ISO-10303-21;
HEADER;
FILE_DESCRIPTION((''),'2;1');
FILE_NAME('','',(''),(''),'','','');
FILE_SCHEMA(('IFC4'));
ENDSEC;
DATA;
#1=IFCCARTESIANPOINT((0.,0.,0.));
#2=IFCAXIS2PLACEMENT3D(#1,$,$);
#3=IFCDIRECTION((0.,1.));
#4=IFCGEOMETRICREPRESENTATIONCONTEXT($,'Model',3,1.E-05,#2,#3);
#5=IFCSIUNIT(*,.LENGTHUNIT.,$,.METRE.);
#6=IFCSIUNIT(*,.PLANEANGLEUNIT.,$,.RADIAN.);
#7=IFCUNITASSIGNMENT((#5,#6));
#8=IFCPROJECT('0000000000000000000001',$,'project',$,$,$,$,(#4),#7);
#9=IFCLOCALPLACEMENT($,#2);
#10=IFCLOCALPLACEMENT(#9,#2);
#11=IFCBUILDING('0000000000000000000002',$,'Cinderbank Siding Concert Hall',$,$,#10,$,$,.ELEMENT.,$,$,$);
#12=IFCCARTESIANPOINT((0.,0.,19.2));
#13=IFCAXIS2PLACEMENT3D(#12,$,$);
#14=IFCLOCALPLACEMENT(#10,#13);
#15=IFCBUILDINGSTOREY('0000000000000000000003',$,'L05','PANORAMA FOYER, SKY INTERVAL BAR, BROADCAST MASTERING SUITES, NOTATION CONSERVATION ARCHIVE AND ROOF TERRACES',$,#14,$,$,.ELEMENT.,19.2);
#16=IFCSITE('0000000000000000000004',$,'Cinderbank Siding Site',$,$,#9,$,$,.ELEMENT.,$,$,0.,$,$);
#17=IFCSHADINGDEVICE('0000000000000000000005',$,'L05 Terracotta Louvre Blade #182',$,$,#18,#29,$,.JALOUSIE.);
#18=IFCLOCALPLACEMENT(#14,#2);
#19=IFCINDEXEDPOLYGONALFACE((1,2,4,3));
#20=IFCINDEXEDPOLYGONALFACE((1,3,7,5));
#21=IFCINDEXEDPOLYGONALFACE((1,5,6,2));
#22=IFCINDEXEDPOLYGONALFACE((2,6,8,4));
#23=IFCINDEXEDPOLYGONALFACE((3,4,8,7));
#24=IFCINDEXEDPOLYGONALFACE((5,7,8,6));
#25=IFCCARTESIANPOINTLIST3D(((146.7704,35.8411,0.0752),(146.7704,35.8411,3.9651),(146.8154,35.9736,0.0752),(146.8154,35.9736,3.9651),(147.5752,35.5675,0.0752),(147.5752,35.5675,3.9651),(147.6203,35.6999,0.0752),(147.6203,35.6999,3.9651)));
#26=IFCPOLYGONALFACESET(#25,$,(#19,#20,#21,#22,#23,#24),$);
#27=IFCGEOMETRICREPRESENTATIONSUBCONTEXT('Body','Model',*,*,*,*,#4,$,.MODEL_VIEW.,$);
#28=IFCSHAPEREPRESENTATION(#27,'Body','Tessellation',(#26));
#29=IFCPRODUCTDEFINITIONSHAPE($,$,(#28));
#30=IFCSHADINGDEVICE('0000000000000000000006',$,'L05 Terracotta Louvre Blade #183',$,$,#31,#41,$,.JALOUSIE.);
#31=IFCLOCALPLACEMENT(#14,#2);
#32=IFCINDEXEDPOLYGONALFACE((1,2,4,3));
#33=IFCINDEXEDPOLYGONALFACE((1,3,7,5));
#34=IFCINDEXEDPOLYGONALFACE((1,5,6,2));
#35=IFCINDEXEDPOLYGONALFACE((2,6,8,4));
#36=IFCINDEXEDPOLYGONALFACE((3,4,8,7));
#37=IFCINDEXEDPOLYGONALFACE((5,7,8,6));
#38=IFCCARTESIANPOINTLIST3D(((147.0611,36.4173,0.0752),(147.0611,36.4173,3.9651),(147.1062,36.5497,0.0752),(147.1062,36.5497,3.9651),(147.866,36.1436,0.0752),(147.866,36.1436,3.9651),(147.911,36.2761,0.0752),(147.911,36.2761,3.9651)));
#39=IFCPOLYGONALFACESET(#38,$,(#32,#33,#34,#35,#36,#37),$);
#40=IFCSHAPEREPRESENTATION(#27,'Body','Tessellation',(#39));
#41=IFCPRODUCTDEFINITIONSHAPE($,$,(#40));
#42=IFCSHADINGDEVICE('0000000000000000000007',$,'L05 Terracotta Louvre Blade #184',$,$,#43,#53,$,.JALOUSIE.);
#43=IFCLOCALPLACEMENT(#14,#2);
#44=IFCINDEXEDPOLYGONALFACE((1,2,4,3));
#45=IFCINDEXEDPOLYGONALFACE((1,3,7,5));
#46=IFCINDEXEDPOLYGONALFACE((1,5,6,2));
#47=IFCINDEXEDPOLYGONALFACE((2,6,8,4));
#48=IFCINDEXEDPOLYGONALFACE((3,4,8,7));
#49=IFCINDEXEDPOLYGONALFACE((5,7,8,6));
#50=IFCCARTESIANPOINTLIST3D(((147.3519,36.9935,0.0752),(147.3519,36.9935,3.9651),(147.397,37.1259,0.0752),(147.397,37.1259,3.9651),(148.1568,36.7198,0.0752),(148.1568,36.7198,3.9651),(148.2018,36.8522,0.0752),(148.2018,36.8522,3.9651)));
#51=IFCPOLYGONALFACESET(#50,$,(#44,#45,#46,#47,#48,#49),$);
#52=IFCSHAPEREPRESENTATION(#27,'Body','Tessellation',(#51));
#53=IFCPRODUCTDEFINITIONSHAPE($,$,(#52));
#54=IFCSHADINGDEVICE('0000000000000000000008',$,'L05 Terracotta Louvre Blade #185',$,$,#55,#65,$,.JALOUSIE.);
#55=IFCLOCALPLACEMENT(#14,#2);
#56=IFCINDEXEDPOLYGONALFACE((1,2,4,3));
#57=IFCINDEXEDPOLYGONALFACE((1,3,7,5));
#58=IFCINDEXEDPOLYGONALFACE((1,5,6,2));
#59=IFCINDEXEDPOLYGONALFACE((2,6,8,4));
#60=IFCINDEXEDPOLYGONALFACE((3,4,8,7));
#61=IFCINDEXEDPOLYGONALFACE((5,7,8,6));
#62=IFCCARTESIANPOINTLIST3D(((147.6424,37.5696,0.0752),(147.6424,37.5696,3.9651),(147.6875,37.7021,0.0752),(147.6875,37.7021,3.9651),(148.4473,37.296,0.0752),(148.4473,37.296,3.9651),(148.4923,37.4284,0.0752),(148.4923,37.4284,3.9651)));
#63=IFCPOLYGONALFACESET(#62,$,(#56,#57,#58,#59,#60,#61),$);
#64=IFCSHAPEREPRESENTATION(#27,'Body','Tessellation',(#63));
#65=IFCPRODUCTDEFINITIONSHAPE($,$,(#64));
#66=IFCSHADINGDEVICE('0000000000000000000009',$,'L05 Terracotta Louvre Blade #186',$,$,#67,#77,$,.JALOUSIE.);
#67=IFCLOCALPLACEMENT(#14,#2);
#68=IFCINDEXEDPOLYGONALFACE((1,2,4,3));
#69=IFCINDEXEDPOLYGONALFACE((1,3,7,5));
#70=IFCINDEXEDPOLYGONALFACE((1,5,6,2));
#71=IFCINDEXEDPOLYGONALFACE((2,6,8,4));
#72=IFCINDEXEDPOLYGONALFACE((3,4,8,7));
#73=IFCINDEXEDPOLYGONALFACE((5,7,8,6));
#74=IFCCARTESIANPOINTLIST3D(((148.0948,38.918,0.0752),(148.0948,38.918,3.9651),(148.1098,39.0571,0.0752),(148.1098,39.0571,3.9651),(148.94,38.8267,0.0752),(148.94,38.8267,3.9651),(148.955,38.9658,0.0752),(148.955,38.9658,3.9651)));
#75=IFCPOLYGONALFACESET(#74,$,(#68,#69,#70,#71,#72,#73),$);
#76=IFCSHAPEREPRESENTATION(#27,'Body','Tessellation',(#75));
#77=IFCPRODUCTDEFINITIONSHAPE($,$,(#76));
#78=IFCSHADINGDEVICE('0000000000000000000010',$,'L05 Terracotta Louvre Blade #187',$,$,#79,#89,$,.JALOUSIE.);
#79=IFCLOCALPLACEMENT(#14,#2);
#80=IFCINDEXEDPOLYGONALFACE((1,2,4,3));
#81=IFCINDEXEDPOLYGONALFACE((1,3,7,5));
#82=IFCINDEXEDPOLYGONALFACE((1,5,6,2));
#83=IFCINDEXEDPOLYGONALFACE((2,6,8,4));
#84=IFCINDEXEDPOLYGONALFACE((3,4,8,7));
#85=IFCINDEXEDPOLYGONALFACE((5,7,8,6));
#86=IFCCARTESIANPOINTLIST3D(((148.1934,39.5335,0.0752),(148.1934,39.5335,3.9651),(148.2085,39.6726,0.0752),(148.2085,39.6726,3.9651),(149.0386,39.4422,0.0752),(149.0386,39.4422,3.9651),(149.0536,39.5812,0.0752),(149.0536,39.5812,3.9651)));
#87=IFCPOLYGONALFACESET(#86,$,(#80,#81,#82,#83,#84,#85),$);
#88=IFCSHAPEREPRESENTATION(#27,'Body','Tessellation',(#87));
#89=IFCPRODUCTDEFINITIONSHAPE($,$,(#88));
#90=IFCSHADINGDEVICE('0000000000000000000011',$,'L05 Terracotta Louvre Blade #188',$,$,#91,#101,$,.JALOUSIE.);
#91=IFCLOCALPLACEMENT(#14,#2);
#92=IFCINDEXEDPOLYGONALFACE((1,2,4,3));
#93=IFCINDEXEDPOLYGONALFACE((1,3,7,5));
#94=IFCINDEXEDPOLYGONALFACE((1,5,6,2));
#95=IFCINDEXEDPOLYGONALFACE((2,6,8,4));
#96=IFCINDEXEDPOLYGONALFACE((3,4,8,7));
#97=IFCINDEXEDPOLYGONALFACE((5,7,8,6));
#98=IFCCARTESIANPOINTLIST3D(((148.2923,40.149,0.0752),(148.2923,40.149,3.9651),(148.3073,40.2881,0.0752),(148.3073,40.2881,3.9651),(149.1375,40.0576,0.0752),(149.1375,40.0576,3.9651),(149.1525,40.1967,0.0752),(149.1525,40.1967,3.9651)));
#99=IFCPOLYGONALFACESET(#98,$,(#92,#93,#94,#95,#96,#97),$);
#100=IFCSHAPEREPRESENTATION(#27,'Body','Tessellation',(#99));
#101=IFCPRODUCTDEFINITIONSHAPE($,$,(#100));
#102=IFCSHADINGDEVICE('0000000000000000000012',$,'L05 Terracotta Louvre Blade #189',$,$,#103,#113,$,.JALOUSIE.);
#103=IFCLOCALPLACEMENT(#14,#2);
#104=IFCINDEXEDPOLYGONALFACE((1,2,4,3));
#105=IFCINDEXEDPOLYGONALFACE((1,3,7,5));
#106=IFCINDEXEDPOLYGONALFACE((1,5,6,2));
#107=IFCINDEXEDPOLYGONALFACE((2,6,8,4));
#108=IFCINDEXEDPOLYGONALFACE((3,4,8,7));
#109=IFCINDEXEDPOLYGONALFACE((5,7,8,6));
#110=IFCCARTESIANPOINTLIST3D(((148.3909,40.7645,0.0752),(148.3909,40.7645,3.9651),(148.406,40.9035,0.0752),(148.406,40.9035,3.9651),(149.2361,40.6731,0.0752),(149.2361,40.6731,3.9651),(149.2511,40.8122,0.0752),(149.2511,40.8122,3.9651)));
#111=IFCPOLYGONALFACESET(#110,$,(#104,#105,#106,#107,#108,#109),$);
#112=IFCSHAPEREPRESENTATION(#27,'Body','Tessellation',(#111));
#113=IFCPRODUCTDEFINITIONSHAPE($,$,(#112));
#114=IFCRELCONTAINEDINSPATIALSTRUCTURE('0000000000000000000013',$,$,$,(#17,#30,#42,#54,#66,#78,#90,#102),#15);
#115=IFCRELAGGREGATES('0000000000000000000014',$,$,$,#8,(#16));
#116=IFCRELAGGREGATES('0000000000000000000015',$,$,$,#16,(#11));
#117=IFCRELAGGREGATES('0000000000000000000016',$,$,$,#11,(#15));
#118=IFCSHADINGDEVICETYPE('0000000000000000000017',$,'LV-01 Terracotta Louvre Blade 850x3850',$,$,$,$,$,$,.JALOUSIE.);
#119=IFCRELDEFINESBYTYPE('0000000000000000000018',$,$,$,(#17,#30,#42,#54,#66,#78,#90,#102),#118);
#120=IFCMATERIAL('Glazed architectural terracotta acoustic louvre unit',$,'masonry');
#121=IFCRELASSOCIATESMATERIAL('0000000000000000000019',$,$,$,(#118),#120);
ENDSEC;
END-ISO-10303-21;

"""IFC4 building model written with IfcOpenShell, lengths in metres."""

from ifc_helpers import new_model, si_unit, direction, frame, origin, origin_2d, place, context, subcontext, project, spatial, rectangle, extrude, material, type_object, element, save


model = new_model("IFC4")

# Units and contexts
model_context = context("Model", 3, precision=1e-05, world=origin(), true_north=direction((0.0, 1.0)))
body_context = subcontext(model_context, "Body", "Model", "MODEL_VIEW")
ifc_project = project(units=[si_unit("LENGTHUNIT", "METRE"), si_unit("PLANEANGLEUNIT", "RADIAN")], contexts=[model_context])

# Site, building, storey
site_placement = place(None, origin())
site = spatial("IfcSite", under=ifc_project, at=site_placement, Name="Cinderbank Siding Site", CompositionType="ELEMENT", RefElevation=0.0)
building_placement = place(site_placement, origin())
building = spatial("IfcBuilding", under=site, at=building_placement, Name="Cinderbank Siding Concert Hall", CompositionType="ELEMENT")
storey_placement = place(building_placement, frame((0.0, 0.0, 19.2)))
storey = spatial("IfcBuildingStorey", under=building, at=storey_placement, Name="L05", Description="PANORAMA FOYER, SKY INTERVAL BAR, BROADCAST MASTERING SUITES, NOTATION CONSERVATION ARCHIVE AND ROOF TERRACES", CompositionType="ELEMENT", Elevation=19.2)

# Shading devices
ifc_material_1 = material(Name="Glazed architectural terracotta acoustic louvre unit", Category="masonry")
shading_device_type = type_object("IfcShadingDeviceType", Name="LV-01 Terracotta Louvre Blade 850x3850", PredefinedType="JALOUSIE", material=ifc_material_1)
for number, where, z_axis, x_axis, name in (
    (1, (147.1953, 35.7705, 0.0752), (0.0, 0.0, 1.0), (0.946765, -0.321924, 0.0), "L05 Terracotta Louvre Blade #182"),
    (2, (147.4861, 36.3467, 0.0752), (0.0, 0.0, 1.0), (0.946765, -0.321924, 0.0), "L05 Terracotta Louvre Blade #183"),
    (3, (147.7769, 36.9229, 0.0752), (0.0, 0.0, 1.0), (0.946765, -0.321924, 0.0), "L05 Terracotta Louvre Blade #184"),
    (4, (148.0674, 37.499, 0.0752), (0.0, 0.0, 1.0), (0.946765, -0.321924, 0.0), "L05 Terracotta Louvre Blade #185"),
    (5, (148.5249, 38.9419, 0.0752), (0.0, 0.0, 1.0), (0.994211, -0.107447, 0.0), "L05 Terracotta Louvre Blade #186"),
    (6, (148.6235, 39.5574, 0.0752), (0.0, 0.0, 1.0), (0.994211, -0.107447, 0.0), "L05 Terracotta Louvre Blade #187"),
    (7, (148.7224, 40.1729, 0.0752), (0.0, 0.0, 1.0), (0.994211, -0.107447, 0.0), "L05 Terracotta Louvre Blade #188"),
    (8, (148.821, 40.7883, 0.0752), (0.0, 0.0, 1.0), (0.994211, -0.107447, 0.0), "L05 Terracotta Louvre Blade #189"),
):
    element("IfcShadingDevice", number, at=place(storey_placement, frame(where, z_axis=z_axis, x_axis=x_axis)), inside=storey, type_object=shading_device_type, Name=name, PredefinedType="JALOUSIE", context=body_context, shape_type="SweptSolid", body=[
        extrude(rectangle(XDim=0.8501, YDim=0.1399, at=origin_2d()), origin(), (0.0, 0.0, 1.0), 3.8899),
    ])

save(model, "model.ifc")
